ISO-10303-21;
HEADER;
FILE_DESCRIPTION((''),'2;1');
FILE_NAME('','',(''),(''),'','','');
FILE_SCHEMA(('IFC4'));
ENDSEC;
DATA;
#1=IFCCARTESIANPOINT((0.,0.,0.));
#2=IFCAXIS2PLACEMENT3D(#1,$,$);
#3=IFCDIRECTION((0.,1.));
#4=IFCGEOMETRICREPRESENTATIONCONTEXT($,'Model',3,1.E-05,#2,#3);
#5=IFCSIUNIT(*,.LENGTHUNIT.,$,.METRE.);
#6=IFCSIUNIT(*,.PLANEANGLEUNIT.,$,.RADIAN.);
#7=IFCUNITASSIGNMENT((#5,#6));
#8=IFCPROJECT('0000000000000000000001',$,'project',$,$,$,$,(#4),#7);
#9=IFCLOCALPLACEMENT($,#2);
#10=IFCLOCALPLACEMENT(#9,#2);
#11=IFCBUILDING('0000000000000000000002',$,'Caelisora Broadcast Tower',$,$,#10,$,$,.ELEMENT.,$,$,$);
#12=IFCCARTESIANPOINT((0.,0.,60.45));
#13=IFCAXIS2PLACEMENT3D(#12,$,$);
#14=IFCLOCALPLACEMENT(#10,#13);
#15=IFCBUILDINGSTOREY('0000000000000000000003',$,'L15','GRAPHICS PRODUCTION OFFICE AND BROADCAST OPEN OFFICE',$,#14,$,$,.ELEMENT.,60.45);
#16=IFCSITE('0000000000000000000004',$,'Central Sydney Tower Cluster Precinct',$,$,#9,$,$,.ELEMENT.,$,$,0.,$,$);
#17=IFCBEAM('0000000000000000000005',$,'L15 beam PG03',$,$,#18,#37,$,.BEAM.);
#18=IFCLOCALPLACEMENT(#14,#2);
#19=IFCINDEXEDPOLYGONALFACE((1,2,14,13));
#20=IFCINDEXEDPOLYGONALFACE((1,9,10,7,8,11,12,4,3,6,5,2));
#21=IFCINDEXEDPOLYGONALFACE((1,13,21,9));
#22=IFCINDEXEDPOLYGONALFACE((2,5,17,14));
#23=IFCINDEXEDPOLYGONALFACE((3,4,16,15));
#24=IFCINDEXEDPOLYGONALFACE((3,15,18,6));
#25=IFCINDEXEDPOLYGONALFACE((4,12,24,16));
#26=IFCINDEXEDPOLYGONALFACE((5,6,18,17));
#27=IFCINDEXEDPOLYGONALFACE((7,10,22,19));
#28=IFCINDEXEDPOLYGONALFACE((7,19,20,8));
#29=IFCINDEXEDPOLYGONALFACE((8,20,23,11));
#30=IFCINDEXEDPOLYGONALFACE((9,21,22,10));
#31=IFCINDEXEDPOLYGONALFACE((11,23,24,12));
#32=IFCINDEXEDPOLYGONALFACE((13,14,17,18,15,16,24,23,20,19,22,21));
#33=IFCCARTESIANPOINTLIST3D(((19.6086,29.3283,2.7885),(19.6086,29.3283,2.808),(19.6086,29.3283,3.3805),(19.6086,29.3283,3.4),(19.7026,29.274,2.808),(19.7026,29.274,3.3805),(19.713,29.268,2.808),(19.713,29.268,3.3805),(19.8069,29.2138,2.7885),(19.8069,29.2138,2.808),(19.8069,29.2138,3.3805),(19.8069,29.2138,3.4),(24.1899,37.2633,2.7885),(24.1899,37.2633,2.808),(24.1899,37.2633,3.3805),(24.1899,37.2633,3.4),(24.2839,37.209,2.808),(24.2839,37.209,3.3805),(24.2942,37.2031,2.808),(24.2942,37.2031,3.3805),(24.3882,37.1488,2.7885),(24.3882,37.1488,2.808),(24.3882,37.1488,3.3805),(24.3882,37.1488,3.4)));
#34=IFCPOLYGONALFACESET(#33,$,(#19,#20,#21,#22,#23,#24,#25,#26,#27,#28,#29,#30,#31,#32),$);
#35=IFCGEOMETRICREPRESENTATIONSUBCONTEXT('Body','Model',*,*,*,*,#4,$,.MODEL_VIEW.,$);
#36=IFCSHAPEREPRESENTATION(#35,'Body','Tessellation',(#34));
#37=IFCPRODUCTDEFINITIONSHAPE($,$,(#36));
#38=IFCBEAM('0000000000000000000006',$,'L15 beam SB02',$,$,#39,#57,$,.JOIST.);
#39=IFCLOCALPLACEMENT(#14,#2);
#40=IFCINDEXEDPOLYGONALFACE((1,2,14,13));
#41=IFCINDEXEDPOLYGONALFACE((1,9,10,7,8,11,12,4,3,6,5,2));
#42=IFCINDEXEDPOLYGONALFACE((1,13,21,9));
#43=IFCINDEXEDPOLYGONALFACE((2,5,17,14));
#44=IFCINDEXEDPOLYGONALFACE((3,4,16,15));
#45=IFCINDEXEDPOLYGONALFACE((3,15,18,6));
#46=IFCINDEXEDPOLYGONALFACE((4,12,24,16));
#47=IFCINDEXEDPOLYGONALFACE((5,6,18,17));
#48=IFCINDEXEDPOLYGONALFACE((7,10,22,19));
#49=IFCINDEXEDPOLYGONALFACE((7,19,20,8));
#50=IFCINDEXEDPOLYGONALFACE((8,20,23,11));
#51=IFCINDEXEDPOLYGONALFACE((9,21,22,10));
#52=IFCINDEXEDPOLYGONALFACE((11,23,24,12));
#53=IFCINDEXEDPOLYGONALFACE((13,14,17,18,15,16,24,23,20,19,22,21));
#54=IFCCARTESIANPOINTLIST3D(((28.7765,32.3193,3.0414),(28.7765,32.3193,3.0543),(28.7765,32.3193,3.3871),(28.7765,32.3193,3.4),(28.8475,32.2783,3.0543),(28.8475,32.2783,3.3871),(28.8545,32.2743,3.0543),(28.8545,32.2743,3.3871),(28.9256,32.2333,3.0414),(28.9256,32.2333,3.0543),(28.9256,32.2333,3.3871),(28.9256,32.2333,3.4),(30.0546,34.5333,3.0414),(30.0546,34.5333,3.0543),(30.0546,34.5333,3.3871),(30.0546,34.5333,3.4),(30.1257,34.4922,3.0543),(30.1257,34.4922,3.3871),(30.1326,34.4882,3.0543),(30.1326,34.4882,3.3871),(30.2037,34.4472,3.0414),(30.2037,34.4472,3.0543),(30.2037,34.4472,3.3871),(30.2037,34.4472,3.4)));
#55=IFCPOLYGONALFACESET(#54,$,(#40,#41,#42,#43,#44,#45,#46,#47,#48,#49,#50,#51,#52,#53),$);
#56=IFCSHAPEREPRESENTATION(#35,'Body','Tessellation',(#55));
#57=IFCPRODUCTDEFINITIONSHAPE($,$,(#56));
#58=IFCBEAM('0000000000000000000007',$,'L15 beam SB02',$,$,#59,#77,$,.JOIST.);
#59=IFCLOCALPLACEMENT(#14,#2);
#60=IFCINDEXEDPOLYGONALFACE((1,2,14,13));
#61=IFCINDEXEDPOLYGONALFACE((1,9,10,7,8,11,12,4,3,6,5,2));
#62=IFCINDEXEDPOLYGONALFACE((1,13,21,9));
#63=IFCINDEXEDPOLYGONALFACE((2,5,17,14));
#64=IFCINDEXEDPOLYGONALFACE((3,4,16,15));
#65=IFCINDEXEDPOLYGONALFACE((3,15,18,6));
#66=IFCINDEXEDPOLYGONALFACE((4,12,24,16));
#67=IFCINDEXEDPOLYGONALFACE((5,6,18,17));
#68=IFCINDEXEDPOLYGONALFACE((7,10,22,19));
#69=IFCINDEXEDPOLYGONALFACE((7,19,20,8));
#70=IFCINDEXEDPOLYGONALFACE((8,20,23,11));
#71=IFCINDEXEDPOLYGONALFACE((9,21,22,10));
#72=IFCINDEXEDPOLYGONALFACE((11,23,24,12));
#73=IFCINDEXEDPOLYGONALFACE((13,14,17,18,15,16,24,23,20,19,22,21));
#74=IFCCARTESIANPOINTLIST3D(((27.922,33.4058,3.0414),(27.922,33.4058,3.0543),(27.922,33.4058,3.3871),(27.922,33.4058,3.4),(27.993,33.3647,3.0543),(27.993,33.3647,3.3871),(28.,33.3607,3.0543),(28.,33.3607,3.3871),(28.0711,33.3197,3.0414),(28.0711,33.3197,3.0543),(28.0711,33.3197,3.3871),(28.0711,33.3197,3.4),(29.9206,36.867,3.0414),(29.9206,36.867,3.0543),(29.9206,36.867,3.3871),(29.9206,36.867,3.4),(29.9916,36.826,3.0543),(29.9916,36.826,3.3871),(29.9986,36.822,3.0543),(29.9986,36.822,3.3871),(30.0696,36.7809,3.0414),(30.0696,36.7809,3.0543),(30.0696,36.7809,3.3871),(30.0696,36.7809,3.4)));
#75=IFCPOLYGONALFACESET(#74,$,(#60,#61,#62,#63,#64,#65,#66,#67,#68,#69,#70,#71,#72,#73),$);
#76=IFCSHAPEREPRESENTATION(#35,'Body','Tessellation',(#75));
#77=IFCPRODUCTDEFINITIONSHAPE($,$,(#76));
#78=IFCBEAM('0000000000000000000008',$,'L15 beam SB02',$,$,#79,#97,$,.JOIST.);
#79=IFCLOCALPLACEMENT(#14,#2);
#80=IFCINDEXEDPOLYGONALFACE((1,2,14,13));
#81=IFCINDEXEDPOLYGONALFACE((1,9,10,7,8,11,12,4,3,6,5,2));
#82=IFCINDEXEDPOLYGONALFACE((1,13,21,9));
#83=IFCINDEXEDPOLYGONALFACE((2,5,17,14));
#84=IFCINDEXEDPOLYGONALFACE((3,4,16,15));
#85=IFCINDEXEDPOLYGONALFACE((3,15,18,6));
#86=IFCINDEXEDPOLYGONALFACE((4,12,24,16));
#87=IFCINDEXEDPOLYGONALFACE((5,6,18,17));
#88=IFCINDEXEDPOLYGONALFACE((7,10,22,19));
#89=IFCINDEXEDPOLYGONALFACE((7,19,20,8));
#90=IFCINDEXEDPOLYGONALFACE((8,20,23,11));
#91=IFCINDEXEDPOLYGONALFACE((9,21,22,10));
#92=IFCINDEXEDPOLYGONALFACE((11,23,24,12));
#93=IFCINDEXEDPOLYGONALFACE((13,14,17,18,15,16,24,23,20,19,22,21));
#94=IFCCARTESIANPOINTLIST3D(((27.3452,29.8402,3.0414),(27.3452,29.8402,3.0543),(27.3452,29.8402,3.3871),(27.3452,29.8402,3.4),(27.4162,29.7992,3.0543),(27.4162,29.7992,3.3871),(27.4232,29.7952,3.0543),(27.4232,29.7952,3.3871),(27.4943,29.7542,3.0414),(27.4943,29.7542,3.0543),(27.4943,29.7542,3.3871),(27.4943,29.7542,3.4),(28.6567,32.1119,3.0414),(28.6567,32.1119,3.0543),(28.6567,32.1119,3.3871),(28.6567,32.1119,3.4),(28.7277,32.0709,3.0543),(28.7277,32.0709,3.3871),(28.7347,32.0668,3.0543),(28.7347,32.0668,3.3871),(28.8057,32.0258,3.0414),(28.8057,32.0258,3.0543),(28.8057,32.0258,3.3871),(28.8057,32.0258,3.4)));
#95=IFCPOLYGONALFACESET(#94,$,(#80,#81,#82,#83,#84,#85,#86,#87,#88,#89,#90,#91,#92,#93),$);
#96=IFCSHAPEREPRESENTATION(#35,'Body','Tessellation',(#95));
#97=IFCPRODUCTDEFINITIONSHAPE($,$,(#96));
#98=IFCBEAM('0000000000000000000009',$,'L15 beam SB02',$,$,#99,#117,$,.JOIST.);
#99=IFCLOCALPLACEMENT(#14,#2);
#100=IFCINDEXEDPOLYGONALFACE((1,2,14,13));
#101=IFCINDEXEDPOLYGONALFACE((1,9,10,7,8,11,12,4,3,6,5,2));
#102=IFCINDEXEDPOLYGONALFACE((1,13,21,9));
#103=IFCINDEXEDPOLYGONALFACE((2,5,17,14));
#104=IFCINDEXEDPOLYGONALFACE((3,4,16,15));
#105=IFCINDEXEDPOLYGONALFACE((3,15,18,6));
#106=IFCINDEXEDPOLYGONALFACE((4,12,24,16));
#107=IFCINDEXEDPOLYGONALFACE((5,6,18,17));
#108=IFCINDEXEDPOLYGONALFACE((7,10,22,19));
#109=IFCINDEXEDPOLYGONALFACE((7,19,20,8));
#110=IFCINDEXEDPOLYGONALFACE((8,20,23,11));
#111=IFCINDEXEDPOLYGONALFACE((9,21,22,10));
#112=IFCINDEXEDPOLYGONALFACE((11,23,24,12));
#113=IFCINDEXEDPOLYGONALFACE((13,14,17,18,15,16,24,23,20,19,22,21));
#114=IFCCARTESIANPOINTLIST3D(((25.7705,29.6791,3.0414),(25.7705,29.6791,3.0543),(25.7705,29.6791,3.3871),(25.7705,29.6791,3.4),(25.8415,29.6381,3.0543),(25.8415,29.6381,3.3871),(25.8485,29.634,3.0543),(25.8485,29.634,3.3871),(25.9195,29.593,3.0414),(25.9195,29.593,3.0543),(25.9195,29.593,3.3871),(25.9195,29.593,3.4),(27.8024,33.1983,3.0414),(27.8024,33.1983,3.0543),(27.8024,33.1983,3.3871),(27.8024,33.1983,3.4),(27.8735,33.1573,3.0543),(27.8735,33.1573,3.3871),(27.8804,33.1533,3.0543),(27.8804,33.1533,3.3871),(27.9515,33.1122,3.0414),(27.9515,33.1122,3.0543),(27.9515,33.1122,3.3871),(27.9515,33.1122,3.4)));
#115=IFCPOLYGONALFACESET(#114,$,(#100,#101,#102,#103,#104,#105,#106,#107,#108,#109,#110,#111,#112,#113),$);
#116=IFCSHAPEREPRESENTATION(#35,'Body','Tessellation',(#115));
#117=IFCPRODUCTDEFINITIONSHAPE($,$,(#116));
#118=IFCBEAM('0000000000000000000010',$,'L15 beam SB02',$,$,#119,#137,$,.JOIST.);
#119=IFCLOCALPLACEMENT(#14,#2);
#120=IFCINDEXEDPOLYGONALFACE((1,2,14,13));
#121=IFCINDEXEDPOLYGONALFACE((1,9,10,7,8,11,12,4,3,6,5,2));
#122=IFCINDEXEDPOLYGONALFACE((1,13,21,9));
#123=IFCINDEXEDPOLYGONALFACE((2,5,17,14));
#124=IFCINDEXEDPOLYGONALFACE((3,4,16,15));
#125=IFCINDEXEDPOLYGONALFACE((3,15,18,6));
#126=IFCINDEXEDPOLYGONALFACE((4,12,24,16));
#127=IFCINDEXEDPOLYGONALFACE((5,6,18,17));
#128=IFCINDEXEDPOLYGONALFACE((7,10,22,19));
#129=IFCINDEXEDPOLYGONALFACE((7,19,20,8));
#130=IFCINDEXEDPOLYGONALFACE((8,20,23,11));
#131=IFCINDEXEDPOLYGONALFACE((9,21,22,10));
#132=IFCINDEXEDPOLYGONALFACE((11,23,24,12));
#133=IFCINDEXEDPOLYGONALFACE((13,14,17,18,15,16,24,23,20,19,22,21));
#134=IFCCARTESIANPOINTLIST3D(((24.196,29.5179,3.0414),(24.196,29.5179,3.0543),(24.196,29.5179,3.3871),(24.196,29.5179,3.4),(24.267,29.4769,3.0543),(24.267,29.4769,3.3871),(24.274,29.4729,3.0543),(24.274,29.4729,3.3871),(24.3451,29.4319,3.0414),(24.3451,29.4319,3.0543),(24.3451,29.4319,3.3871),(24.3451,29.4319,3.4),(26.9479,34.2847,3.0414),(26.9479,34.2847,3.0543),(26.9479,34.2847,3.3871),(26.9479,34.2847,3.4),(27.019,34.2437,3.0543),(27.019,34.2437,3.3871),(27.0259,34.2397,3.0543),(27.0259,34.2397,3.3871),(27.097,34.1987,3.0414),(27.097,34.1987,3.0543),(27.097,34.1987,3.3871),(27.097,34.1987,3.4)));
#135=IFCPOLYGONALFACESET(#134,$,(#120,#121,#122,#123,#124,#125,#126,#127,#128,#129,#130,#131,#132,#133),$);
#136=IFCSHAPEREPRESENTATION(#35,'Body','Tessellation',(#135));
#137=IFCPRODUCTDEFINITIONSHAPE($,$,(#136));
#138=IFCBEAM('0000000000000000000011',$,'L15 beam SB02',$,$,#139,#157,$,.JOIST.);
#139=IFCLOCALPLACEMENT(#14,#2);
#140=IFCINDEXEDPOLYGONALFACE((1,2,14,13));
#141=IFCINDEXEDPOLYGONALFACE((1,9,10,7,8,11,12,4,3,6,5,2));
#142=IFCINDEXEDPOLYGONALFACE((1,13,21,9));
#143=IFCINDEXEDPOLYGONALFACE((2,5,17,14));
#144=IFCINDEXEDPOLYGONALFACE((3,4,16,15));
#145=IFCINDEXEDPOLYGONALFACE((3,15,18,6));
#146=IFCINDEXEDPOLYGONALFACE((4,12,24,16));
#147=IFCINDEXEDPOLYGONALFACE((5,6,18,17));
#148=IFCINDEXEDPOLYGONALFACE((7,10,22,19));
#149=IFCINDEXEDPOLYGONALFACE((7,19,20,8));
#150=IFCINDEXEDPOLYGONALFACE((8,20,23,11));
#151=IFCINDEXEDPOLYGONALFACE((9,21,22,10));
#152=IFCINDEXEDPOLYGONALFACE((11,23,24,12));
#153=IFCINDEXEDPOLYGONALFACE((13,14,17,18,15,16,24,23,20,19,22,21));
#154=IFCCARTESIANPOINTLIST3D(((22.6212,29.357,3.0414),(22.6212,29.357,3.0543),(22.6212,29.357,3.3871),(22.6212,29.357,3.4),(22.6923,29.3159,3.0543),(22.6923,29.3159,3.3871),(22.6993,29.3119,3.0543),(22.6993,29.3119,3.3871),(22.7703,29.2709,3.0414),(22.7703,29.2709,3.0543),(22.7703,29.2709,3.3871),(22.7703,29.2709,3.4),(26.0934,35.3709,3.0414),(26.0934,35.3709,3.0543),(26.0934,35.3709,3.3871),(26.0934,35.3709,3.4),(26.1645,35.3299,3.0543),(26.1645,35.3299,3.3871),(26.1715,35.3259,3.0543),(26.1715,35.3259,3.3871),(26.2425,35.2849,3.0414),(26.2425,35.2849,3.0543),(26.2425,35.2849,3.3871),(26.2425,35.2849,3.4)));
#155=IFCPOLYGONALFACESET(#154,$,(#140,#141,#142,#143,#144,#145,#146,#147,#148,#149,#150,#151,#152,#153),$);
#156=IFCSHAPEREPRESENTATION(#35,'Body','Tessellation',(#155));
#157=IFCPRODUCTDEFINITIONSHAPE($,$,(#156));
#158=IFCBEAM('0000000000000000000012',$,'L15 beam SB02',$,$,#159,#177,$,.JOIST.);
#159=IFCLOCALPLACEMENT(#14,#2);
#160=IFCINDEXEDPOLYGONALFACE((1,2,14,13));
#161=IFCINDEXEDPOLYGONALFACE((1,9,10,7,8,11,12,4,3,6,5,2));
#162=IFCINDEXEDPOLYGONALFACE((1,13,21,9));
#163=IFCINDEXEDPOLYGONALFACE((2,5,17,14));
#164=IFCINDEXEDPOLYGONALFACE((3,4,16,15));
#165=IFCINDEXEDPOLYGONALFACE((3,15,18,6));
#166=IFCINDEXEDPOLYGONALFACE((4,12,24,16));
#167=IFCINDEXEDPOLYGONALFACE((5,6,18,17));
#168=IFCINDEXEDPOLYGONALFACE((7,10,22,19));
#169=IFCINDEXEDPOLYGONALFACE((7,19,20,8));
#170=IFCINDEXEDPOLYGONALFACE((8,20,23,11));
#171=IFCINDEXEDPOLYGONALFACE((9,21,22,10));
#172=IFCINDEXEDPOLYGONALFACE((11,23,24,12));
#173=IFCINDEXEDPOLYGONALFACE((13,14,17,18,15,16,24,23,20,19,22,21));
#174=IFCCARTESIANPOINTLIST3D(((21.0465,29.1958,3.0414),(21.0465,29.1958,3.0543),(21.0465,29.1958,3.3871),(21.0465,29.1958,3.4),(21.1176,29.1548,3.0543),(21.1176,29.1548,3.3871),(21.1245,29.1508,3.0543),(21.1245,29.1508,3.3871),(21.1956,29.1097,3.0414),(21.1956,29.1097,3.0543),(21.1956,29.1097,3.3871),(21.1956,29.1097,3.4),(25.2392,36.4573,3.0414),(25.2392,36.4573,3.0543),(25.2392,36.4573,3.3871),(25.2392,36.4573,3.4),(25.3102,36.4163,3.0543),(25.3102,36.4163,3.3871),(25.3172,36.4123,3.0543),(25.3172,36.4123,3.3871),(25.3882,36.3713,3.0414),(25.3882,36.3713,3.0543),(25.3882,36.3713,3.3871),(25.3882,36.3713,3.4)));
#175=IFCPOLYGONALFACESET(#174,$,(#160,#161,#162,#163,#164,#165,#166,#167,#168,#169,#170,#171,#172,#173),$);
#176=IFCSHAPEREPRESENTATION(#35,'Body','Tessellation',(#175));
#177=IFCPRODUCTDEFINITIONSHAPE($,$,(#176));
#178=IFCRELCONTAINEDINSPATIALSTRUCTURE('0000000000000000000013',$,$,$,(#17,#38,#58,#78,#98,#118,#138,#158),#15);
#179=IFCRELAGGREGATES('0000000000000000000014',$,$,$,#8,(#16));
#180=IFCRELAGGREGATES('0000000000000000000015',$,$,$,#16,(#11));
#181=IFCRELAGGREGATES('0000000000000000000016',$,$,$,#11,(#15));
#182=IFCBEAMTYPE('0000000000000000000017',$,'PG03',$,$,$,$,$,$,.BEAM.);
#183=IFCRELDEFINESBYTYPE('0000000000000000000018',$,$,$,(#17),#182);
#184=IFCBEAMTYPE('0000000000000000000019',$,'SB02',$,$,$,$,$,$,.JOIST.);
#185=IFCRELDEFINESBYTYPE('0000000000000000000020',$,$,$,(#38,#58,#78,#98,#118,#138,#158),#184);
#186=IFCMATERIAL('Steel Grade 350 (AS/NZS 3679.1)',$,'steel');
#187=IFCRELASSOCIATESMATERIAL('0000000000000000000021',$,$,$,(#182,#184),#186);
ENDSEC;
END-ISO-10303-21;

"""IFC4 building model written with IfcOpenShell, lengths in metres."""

from ifc_helpers import new_model, si_unit, direction, frame, origin, origin_2d, place, context, subcontext, project, spatial, i_section, extrude, source, transform, mapped, material, material_profile, profile_set, type_object, type_shapes, element, save


model = new_model("IFC4")

# Units and contexts
model_context = context("Model", 3, precision=1e-05, world=origin(), true_north=direction((0.0, 1.0)))
body_context = subcontext(model_context, "Body", "Model", "MODEL_VIEW")
ifc_project = project(units=[si_unit("LENGTHUNIT", "METRE"), si_unit("PLANEANGLEUNIT", "RADIAN")], contexts=[model_context])

# Site, building, storey
site_placement = place(None, origin())
site = spatial("IfcSite", under=ifc_project, at=site_placement, Name="Central Sydney Tower Cluster Precinct", CompositionType="ELEMENT", RefElevation=0.0)
building_placement = place(site_placement, origin())
building = spatial("IfcBuilding", under=site, at=building_placement, Name="Caelisora Broadcast Tower", CompositionType="ELEMENT")
storey_placement = place(building_placement, frame((0.0, 0.0, 60.45)))
storey = spatial("IfcBuildingStorey", under=building, at=storey_placement, Name="L15", Description="GRAPHICS PRODUCTION OFFICE AND BROADCAST OPEN OFFICE", CompositionType="ELEMENT", Elevation=60.45)

# Beams
ifc_material_1 = material(Name="Steel Grade 350 (AS/NZS 3679.1)", Category="steel")
ifc_material_profile_1 = material_profile(ifc_material_1, i_section(OverallWidth=0.229, OverallDepth=0.6116, WebThickness=0.012, FlangeThickness=0.0195, at=origin_2d()), Name="Steel Grade 350 (AS/NZS 3679.1)")
ifc_profile_set_1 = profile_set([ifc_material_profile_1], Name="Steel Grade 350 (AS/NZS 3679.1)")
beam_type_1 = type_object("IfcBeamType", Name="PG03", PredefinedType="BEAM", material=ifc_profile_set_1)
shared_shape_1 = source(origin(), body_context, "Body", "SweptSolid", [
    extrude(i_section(OverallWidth=0.229, OverallDepth=0.6116, WebThickness=0.012, FlangeThickness=0.0195, at=origin_2d()), origin(), (0.0, 0.0, 1.0), 9.1626),
])
type_shapes(beam_type_1, [shared_shape_1])
beam_1_placement = place(storey_placement, frame((24.2891, 37.2061, 3.0942), z_axis=(-0.499999, -0.866026, 0.0), x_axis=(0.866026, -0.499999, 0.0)))
element("IfcBeam", 1, at=beam_1_placement, inside=storey, type_object=beam_type_1, Name="L15 beam PG03", PredefinedType="BEAM", context=body_context, shape_type="MappedRepresentation", body=[
    mapped(shared_shape_1, transform((0.0, 0.0, 0.0), scale=1.0)),
])
ifc_material_profile_2 = material_profile(ifc_material_1, i_section(OverallWidth=0.1721, OverallDepth=0.3586, WebThickness=0.0081, FlangeThickness=0.0129, at=origin_2d()), Name="Steel Grade 350 (AS/NZS 3679.1)")
ifc_profile_set_2 = profile_set([ifc_material_profile_2], Name="Steel Grade 350 (AS/NZS 3679.1)")
beam_type_2 = type_object("IfcBeamType", Name="SB02", PredefinedType="JOIST", material=ifc_profile_set_2)
shared_shape_2 = source(origin(), body_context, "Body", "SweptSolid", [
    extrude(i_section(OverallWidth=0.1721, OverallDepth=0.3586, WebThickness=0.0081, FlangeThickness=0.0129, at=origin_2d()), origin(), (0.0, 0.0, 1.0), 2.5564),
])
beam_2_placement = place(storey_placement, frame((30.1292, 34.4902, 3.2207), z_axis=(-0.49997, -0.866042, 0.0), x_axis=(0.866042, -0.49997, 0.0)))
element("IfcBeam", 2, at=beam_2_placement, inside=storey, type_object=beam_type_2, Name="L15 beam SB02", PredefinedType="JOIST", context=body_context, shape_type="MappedRepresentation", body=[
    mapped(shared_shape_2, transform((0.0, 0.0, 0.0), scale=1.0)),
])
shared_shape_3 = source(origin(), body_context, "Body", "SweptSolid", [
    extrude(i_section(OverallWidth=0.1721, OverallDepth=0.3586, WebThickness=0.0081, FlangeThickness=0.0129, at=origin_2d()), origin(), (0.0, 0.0, 1.0), 3.9968),
])
beam_3_placement = place(storey_placement, frame((29.9951, 36.824, 3.2207), z_axis=(-0.500041, -0.866001, 0.0), x_axis=(0.866001, -0.500041, 0.0)))
element("IfcBeam", 3, at=beam_3_placement, inside=storey, type_object=beam_type_2, Name="L15 beam SB02", PredefinedType="JOIST", context=body_context, shape_type="MappedRepresentation", body=[
    mapped(shared_shape_3, transform((0.0, 0.0, 0.0), scale=1.0)),
])
shared_shape_4 = source(origin(), body_context, "Body", "SweptSolid", [
    extrude(i_section(OverallWidth=0.1721, OverallDepth=0.3586, WebThickness=0.0081, FlangeThickness=0.0129, at=origin_2d()), origin(), (0.0, 0.0, 1.0), 2.623),
])
beam_4_placement = place(storey_placement, frame((28.7312, 32.0688, 3.2207), z_axis=(-0.499983, -0.866035, 0.0), x_axis=(0.866035, -0.499983, 0.0)))
element("IfcBeam", 4, at=beam_4_placement, inside=storey, type_object=beam_type_2, Name="L15 beam SB02", PredefinedType="JOIST", context=body_context, shape_type="MappedRepresentation", body=[
    mapped(shared_shape_4, transform((0.0, 0.0, 0.0), scale=1.0)),
])
shared_shape_5 = source(origin(), body_context, "Body", "SweptSolid", [
    extrude(i_section(OverallWidth=0.1721, OverallDepth=0.3586, WebThickness=0.0081, FlangeThickness=0.0129, at=origin_2d()), origin(), (0.0, 0.0, 1.0), 4.0637),
])
beam_5_placement = place(storey_placement, frame((27.877, 33.1553, 3.2207), z_axis=(-0.500022, -0.866013, 0.0), x_axis=(0.866013, -0.500022, 0.0)))
element("IfcBeam", 5, at=beam_5_placement, inside=storey, type_object=beam_type_2, Name="L15 beam SB02", PredefinedType="JOIST", context=body_context, shape_type="MappedRepresentation", body=[
    mapped(shared_shape_5, transform((0.0, 0.0, 0.0), scale=1.0)),
])
shared_shape_6 = source(origin(), body_context, "Body", "SweptSolid", [
    extrude(i_section(OverallWidth=0.1721, OverallDepth=0.3586, WebThickness=0.0081, FlangeThickness=0.0129, at=origin_2d()), origin(), (0.0, 0.0, 1.0), 5.5042),
])
beam_6_placement = place(storey_placement, frame((27.0225, 34.2417, 3.2207), z_axis=(-0.499975, -0.86604, 0.0), x_axis=(0.86604, -0.499975, 0.0)))
element("IfcBeam", 6, at=beam_6_placement, inside=storey, type_object=beam_type_2, Name="L15 beam SB02", PredefinedType="JOIST", context=body_context, shape_type="MappedRepresentation", body=[
    mapped(shared_shape_6, transform((0.0, 0.0, 0.0), scale=1.0)),
])
shared_shape_7 = source(origin(), body_context, "Body", "SweptSolid", [
    extrude(i_section(OverallWidth=0.1721, OverallDepth=0.3586, WebThickness=0.0081, FlangeThickness=0.0129, at=origin_2d()), origin(), (0.0, 0.0, 1.0), 6.9443),
])
beam_7_placement = place(storey_placement, frame((26.168, 35.3279, 3.2207), z_axis=(-0.500003, -0.866023, 0.0), x_axis=(0.866023, -0.500003, 0.0)))
element("IfcBeam", 7, at=beam_7_placement, inside=storey, type_object=beam_type_2, Name="L15 beam SB02", PredefinedType="JOIST", context=body_context, shape_type="MappedRepresentation", body=[
    mapped(shared_shape_7, transform((0.0, 0.0, 0.0), scale=1.0)),
])
shared_shape_8 = source(origin(), body_context, "Body", "SweptSolid", [
    extrude(i_section(OverallWidth=0.1721, OverallDepth=0.3586, WebThickness=0.0081, FlangeThickness=0.0129, at=origin_2d()), origin(), (0.0, 0.0, 1.0), 8.385),
])
type_shapes(beam_type_2, [shared_shape_2, shared_shape_3, shared_shape_4, shared_shape_5, shared_shape_6, shared_shape_7, shared_shape_8])
beam_8_placement = place(storey_placement, frame((25.3137, 36.4143, 3.2207), z_axis=(-0.500019, -0.866014, 0.0), x_axis=(0.866014, -0.500019, 0.0)))
element("IfcBeam", 8, at=beam_8_placement, inside=storey, type_object=beam_type_2, Name="L15 beam SB02", PredefinedType="JOIST", context=body_context, shape_type="MappedRepresentation", body=[
    mapped(shared_shape_8, transform((0.0, 0.0, 0.0), scale=1.0)),
])

save(model, "model.ifc")
